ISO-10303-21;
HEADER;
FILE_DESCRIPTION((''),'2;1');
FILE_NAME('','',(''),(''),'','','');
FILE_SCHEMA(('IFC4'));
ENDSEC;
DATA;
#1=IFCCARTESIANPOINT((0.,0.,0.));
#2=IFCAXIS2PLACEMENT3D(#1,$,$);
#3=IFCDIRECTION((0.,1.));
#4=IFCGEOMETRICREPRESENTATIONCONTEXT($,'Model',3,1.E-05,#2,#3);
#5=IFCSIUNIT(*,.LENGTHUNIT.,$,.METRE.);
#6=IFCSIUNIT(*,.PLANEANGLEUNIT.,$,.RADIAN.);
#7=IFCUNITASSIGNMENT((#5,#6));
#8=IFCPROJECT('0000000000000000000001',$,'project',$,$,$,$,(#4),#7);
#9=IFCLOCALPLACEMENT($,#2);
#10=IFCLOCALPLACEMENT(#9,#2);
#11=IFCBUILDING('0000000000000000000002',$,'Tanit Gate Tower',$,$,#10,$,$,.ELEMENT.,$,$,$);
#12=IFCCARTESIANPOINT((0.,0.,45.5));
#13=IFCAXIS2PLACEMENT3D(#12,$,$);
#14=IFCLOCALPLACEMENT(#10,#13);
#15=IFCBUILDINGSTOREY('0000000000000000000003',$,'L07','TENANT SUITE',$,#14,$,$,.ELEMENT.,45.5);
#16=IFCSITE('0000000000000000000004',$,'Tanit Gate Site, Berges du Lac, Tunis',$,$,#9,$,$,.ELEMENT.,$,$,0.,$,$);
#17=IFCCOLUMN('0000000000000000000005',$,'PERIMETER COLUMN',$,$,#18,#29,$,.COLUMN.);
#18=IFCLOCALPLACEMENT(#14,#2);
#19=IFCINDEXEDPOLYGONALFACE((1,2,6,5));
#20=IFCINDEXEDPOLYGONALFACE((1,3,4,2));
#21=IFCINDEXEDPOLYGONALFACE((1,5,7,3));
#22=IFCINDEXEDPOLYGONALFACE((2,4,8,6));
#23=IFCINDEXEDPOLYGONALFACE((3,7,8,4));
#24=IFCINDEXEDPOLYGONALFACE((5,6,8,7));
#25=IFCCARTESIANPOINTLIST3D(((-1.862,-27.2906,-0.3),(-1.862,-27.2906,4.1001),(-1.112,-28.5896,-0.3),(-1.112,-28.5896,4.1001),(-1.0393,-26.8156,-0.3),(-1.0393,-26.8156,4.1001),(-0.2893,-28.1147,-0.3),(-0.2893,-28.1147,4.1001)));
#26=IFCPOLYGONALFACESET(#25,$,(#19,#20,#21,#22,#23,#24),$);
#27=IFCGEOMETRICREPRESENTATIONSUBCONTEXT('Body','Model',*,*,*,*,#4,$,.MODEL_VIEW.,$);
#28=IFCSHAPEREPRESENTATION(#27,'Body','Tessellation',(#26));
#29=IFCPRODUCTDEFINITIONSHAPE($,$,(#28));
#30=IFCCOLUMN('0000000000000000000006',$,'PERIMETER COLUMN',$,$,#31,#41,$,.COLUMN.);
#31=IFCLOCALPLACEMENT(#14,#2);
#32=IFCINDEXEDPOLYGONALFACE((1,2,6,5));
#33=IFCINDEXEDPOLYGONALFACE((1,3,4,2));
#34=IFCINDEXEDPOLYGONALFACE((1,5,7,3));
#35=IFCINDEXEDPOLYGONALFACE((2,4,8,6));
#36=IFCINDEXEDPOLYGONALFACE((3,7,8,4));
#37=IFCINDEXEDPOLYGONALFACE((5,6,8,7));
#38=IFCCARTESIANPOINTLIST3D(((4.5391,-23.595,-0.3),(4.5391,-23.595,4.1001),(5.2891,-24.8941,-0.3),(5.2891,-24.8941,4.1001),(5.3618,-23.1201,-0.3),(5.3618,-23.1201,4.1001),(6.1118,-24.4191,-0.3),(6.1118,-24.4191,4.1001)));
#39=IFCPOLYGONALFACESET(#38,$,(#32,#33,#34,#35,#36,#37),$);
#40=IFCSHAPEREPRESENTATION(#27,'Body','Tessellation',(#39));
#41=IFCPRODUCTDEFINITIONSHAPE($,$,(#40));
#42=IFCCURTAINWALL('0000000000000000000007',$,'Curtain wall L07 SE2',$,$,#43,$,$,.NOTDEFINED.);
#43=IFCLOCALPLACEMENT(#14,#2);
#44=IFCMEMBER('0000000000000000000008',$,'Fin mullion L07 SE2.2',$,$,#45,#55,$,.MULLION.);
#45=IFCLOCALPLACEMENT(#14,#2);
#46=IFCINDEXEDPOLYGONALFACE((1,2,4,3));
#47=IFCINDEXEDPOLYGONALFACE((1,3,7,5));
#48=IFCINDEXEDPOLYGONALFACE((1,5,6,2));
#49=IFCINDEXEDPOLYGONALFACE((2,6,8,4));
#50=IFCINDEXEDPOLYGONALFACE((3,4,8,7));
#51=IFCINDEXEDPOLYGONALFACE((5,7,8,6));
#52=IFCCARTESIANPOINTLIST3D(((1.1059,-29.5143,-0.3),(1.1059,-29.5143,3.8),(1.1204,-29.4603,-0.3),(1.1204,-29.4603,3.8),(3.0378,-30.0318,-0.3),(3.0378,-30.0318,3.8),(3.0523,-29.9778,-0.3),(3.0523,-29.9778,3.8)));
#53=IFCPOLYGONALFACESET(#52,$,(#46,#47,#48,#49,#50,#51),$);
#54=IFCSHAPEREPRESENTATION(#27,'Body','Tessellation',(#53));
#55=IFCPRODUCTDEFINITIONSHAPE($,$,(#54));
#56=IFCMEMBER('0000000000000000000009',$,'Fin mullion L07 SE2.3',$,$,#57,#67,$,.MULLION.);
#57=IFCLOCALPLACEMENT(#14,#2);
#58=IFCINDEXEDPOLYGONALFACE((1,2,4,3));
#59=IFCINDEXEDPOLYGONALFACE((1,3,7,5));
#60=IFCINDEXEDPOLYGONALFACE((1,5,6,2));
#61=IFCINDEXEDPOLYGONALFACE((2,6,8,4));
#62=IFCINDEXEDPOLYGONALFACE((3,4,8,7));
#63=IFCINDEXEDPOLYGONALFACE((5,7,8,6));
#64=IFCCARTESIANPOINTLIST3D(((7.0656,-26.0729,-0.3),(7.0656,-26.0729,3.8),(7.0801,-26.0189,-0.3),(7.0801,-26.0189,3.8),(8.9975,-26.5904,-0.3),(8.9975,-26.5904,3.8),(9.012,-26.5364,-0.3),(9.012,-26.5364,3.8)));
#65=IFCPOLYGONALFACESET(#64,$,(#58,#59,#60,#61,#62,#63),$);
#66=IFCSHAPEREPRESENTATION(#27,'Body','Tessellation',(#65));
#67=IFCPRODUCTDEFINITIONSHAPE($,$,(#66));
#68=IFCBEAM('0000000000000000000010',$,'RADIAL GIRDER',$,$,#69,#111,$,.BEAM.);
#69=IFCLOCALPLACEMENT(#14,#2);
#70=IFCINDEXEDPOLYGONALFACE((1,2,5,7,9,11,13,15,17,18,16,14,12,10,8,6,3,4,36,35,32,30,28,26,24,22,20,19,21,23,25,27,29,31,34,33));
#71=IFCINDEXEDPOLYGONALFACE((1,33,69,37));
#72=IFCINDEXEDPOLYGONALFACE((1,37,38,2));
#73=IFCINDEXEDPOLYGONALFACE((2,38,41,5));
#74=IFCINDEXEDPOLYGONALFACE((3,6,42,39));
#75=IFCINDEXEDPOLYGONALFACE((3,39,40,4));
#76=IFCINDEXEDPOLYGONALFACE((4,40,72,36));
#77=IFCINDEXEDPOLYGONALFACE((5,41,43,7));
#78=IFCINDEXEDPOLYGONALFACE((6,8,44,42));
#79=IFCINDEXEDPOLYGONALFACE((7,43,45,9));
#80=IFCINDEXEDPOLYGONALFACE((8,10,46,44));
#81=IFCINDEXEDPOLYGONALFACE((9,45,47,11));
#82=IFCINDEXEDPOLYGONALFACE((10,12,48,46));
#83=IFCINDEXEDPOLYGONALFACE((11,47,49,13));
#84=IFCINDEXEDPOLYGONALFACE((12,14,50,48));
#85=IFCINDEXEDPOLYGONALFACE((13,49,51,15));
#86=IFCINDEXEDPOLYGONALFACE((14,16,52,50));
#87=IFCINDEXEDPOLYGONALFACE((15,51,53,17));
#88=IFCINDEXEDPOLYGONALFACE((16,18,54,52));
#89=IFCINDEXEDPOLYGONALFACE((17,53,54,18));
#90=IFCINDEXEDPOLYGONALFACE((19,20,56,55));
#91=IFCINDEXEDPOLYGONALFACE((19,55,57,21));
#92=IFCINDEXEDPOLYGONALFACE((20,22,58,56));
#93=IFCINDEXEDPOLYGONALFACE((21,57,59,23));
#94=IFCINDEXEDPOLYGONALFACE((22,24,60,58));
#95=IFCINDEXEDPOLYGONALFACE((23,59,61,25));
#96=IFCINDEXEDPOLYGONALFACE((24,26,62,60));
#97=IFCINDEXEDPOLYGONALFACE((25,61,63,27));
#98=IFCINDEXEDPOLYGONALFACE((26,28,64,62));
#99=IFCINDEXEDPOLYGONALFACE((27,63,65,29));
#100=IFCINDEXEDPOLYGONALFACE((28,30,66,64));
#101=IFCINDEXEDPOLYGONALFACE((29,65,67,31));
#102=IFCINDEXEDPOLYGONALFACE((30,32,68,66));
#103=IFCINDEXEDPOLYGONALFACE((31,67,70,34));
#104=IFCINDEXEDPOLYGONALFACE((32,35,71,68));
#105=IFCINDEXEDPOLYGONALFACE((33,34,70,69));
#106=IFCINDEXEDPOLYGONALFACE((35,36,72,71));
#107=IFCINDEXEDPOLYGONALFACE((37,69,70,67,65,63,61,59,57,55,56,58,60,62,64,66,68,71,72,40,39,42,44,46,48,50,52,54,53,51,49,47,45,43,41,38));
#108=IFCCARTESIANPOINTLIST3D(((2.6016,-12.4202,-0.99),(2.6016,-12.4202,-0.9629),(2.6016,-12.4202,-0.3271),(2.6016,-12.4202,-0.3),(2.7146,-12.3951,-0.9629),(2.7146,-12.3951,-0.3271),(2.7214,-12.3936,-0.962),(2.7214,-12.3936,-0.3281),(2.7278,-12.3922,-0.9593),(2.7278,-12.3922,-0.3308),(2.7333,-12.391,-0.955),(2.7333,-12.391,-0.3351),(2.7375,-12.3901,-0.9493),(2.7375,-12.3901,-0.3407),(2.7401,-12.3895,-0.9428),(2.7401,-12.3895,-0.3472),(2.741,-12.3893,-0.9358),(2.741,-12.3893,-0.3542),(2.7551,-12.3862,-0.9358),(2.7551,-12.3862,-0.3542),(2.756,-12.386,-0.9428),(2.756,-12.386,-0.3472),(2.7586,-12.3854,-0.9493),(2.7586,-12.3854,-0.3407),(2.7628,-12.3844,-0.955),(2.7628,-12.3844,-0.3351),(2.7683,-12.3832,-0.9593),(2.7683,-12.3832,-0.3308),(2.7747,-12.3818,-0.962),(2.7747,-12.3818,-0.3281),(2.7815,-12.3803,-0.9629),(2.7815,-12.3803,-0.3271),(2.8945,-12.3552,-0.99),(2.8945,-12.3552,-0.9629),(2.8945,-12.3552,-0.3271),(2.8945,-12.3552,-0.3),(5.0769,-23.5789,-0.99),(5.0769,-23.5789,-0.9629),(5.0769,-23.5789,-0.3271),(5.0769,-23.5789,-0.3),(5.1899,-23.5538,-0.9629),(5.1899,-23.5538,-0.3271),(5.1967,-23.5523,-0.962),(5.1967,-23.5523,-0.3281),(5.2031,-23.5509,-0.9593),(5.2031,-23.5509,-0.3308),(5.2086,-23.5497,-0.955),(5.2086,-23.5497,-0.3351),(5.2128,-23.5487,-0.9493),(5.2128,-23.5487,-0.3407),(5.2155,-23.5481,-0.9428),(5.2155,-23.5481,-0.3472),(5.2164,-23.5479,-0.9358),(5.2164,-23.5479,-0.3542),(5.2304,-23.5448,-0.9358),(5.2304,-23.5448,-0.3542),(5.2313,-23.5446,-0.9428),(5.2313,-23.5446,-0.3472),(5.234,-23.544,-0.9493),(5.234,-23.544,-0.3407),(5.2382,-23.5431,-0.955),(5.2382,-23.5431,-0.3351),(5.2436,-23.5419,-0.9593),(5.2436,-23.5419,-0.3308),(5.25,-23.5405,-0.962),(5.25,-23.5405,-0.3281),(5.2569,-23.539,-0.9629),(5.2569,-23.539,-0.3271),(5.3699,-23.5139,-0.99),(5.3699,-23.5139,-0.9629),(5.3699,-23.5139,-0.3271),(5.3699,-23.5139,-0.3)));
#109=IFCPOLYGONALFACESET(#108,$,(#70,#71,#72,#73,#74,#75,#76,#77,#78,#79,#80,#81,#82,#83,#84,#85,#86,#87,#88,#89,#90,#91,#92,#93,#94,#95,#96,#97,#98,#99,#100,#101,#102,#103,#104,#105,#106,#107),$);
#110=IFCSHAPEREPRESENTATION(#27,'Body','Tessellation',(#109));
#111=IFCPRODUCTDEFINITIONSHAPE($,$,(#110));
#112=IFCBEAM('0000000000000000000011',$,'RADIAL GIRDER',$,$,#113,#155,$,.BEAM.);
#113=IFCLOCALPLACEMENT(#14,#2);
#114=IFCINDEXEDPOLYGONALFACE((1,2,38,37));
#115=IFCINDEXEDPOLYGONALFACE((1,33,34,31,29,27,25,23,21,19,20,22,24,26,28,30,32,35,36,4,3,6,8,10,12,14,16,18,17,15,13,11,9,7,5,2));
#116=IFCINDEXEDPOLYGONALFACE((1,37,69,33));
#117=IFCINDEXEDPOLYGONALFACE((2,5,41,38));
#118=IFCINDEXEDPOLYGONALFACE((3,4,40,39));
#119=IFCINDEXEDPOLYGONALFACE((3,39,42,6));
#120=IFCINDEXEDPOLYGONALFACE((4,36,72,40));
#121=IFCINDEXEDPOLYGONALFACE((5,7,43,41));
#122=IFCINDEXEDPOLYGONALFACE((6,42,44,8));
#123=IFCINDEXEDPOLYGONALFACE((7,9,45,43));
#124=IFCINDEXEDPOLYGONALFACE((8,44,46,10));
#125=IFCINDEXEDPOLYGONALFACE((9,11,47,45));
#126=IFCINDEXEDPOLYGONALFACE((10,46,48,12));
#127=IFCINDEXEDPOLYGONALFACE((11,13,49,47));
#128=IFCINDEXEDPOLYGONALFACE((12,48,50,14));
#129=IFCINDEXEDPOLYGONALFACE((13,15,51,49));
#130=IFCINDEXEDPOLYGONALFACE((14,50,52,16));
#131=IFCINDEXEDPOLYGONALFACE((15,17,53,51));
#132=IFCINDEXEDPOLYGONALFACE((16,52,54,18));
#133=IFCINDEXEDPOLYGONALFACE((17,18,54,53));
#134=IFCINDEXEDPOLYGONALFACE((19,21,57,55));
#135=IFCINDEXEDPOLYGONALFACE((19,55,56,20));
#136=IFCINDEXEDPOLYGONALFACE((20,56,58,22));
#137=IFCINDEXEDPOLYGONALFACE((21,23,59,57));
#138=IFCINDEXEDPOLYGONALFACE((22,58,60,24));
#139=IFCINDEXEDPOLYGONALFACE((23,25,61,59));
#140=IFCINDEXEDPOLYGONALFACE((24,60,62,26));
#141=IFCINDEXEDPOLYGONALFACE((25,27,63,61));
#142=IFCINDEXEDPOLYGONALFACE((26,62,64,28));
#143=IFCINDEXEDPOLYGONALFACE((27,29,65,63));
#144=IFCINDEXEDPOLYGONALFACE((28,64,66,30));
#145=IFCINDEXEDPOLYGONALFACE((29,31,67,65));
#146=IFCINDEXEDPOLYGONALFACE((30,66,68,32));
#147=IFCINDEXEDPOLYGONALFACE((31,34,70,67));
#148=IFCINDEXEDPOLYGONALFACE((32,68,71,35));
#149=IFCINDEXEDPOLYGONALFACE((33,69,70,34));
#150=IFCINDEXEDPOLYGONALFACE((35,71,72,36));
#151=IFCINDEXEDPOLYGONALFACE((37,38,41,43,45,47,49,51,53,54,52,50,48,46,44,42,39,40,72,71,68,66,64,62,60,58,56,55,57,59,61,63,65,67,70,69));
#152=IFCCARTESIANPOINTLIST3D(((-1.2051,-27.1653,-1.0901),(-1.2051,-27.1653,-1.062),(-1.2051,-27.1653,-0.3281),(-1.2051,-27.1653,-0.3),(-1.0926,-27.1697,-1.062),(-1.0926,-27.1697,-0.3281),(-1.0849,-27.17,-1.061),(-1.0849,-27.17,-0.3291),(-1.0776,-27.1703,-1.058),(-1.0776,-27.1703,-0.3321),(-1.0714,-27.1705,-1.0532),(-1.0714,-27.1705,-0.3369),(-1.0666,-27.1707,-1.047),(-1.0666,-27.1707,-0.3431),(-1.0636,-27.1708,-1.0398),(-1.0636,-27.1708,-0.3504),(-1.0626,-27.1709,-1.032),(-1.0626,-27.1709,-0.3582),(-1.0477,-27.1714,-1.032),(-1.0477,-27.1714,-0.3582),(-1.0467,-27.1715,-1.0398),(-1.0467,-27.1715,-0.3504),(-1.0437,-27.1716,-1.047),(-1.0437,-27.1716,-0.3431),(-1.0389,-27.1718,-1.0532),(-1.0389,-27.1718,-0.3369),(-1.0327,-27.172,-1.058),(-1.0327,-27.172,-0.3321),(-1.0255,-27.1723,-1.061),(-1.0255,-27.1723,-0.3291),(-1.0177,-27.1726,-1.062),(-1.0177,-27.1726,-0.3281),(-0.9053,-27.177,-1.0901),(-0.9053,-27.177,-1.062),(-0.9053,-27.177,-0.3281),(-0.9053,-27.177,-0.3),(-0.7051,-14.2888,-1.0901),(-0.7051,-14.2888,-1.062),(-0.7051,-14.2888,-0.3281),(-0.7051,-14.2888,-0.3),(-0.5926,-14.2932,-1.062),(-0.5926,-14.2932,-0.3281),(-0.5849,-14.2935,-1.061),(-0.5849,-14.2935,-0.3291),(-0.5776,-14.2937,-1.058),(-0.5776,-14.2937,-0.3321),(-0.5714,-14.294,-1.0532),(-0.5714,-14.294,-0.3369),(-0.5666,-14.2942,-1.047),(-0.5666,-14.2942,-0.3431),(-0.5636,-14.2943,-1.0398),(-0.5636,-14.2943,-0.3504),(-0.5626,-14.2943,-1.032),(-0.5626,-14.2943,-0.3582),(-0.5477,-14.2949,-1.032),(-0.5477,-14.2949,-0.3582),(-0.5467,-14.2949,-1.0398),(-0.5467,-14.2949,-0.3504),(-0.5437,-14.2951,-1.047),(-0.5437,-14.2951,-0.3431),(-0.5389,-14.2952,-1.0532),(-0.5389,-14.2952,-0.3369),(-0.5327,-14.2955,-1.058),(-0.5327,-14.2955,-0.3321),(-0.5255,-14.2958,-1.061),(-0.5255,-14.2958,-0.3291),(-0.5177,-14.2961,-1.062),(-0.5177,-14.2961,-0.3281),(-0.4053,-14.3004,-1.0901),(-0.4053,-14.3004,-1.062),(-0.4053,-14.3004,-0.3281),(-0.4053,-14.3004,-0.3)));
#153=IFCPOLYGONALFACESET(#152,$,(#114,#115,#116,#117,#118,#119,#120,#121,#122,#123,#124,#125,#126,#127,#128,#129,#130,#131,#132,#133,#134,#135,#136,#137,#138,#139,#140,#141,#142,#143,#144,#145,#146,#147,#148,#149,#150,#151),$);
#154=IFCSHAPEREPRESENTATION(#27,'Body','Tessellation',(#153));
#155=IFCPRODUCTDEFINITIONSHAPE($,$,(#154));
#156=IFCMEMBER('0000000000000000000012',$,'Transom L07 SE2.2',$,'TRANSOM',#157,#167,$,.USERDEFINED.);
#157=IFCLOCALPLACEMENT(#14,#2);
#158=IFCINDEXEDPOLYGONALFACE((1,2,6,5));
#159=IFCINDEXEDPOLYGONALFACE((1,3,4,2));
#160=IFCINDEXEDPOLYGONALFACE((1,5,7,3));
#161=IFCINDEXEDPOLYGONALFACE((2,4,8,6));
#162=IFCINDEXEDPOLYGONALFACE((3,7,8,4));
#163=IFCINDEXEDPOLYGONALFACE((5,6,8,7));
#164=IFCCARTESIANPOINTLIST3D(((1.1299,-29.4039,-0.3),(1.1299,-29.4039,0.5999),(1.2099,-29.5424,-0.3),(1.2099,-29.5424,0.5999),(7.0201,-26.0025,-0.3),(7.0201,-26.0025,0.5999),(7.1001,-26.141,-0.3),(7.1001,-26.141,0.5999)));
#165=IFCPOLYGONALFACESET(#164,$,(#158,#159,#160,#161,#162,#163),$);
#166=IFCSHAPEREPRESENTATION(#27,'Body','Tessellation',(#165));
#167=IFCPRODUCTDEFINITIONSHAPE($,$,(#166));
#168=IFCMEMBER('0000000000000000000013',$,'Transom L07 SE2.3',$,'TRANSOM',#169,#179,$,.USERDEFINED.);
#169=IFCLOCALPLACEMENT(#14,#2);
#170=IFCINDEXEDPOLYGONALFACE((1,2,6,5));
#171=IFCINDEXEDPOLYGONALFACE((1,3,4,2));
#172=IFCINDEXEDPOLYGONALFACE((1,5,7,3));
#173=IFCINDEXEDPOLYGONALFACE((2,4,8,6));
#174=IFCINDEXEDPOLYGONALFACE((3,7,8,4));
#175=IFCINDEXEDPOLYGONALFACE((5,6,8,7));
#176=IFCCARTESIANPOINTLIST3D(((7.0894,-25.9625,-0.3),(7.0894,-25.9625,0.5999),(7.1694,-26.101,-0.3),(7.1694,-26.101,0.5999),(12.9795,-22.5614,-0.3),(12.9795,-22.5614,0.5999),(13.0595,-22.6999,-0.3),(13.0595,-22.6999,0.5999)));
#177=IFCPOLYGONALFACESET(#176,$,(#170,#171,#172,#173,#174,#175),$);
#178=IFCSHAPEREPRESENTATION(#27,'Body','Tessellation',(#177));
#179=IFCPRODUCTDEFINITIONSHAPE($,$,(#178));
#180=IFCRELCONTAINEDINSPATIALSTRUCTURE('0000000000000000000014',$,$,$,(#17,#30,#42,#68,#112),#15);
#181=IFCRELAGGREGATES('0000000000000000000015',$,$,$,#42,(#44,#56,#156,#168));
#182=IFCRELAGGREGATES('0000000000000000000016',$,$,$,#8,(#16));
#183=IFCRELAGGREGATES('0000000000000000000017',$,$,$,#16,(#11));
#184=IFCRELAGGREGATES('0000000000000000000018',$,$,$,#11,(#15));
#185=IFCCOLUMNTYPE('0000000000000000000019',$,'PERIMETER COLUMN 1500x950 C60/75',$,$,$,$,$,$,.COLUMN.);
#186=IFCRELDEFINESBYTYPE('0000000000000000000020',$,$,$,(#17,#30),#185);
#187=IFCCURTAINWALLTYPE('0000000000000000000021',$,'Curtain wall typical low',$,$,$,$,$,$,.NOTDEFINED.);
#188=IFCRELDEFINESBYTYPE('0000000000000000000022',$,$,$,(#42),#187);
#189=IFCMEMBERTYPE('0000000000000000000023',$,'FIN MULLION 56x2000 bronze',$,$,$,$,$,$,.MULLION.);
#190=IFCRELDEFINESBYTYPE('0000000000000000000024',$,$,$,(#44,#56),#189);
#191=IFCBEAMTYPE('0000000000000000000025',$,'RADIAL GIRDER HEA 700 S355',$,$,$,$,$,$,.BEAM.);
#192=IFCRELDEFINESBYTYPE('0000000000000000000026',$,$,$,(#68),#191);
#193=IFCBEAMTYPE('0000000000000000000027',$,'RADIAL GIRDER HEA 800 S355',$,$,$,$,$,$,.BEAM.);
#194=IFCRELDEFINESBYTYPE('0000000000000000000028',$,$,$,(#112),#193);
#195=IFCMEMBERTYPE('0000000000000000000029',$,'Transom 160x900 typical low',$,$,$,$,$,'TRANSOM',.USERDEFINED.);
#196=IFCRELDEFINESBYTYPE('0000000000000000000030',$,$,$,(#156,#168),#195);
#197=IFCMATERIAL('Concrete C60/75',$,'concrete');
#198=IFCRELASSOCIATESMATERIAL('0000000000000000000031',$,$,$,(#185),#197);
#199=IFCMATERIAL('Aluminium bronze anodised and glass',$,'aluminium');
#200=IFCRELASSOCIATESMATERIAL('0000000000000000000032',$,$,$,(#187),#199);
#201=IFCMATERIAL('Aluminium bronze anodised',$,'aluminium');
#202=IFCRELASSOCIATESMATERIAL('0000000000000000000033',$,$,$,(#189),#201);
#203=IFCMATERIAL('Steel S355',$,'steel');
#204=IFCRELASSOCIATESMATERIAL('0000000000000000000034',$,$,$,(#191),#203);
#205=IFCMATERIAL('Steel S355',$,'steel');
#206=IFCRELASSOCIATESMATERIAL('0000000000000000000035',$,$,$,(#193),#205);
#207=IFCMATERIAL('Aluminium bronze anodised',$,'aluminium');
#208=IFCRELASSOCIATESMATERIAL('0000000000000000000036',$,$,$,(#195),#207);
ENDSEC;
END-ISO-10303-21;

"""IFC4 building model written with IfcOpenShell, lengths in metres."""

from ifc_helpers import new_model, si_unit, direction, frame, origin, origin_2d, place, context, subcontext, project, spatial, rectangle, i_section, extrude, material, material_profile, profile_set, type_object, element, aggregate, save


model = new_model("IFC4")

# Units and contexts
model_context = context("Model", 3, precision=1e-05, world=origin(), true_north=direction((0.0, 1.0)))
body_context = subcontext(model_context, "Body", "Model", "MODEL_VIEW")
ifc_project = project(units=[si_unit("LENGTHUNIT", "METRE"), si_unit("PLANEANGLEUNIT", "RADIAN")], contexts=[model_context])

# Site, building, storey
site_placement = place(None, origin())
site = spatial("IfcSite", under=ifc_project, at=site_placement, Name="Tanit Gate Site, Berges du Lac, Tunis", CompositionType="ELEMENT", RefElevation=0.0)
building_placement = place(site_placement, origin())
building = spatial("IfcBuilding", under=site, at=building_placement, Name="Tanit Gate Tower", CompositionType="ELEMENT")
storey_placement = place(building_placement, frame((0.0, 0.0, 45.5)))
storey = spatial("IfcBuildingStorey", under=building, at=storey_placement, Name="L07", Description="TENANT SUITE", CompositionType="ELEMENT", Elevation=45.5)

# Columns
ifc_material_1 = material(Name="Concrete C60/75", Category="concrete")
ifc_material_profile_1 = material_profile(ifc_material_1, rectangle(XDim=1.5, YDim=0.95, at=origin_2d()), Name="RC 1500x950")
ifc_profile_set_1 = profile_set([ifc_material_profile_1], Name="Concrete C60/75")
column_type = type_object("IfcColumnType", Name="PERIMETER COLUMN 1500x950 C60/75", PredefinedType="COLUMN", material=ifc_profile_set_1)
for number, where, z_axis, x_axis, name in (
    (1, (-1.0757, -27.7026, -0.3), (0.0, 0.0, 1.0), (0.5, -0.866025, 0.0), "PERIMETER COLUMN"),
    (2, (5.3254, -24.0071, -0.3), (0.0, 0.0, 1.0), (0.5, -0.866025, 0.0), "PERIMETER COLUMN"),
):
    element("IfcColumn", number, at=place(storey_placement, frame(where, z_axis=z_axis, x_axis=x_axis)), inside=storey, type_object=column_type, Name=name, PredefinedType="COLUMN", context=body_context, shape_type="SweptSolid", body=[
        extrude(rectangle(XDim=1.5, YDim=0.95, at=origin_2d()), origin(), (0.0, 0.0, 1.0), 4.4001),
    ])

# Curtain wall, members
ifc_material_2 = material(Name="Aluminium bronze anodised and glass", Category="aluminium")
curtain_wall_type = type_object("IfcCurtainWallType", Name="Curtain wall typical low", PredefinedType="NOTDEFINED", material=ifc_material_2)
curtain_wall_placement = place(storey_placement, origin())
curtain_wall = element("IfcCurtainWall", 3, at=curtain_wall_placement, inside=storey, type_object=curtain_wall_type, Name="Curtain wall L07 SE2", PredefinedType="NOTDEFINED")
ifc_material_3 = material(Name="Aluminium bronze anodised", Category="aluminium")
ifc_material_profile_2 = material_profile(ifc_material_3, rectangle(XDim=2.0, YDim=0.0559, at=origin_2d()), Name="56x2000 bronze fin mullion")
ifc_profile_set_2 = profile_set([ifc_material_profile_2], Name="Aluminium bronze anodised")
member_type_1 = type_object("IfcMemberType", Name="FIN MULLION 56x2000 bronze", PredefinedType="MULLION", material=ifc_profile_set_2)
member_1_placement = place(storey_placement, frame((2.0791, -29.7461, -0.3), z_axis=(0.0, 0.0, 1.0), x_axis=(-0.965944, 0.258752, 0.0)))
member_1 = element("IfcMember", 4, at=member_1_placement, type_object=member_type_1, Name="Fin mullion L07 SE2.2", PredefinedType="MULLION", context=body_context, shape_type="SweptSolid", body=[
    extrude(rectangle(XDim=2.0, YDim=0.0559, at=origin_2d()), origin(), (0.0, 0.0, 1.0), 4.1001),
])
member_2_placement = place(storey_placement, frame((8.0388, -26.3047, -0.3), z_axis=(0.0, 0.0, 1.0), x_axis=(-0.965944, 0.258752, 0.0)))
member_2 = element("IfcMember", 5, at=member_2_placement, type_object=member_type_1, Name="Fin mullion L07 SE2.3", PredefinedType="MULLION", context=body_context, shape_type="SweptSolid", body=[
    extrude(rectangle(XDim=2.0, YDim=0.0559, at=origin_2d()), origin(), (0.0, 0.0, 1.0), 4.1001),
])

# Beams
ifc_material_4 = material(Name="Steel S355", Category="steel")
ifc_material_profile_3 = material_profile(ifc_material_4, i_section(OverallWidth=0.3, OverallDepth=0.6899, WebThickness=0.0144, FlangeThickness=0.0271, FilletRadius=0.0271, at=origin_2d()), Name="HEA 700")
ifc_profile_set_3 = profile_set([ifc_material_profile_3], Name="Steel S355")
beam_type_1 = type_object("IfcBeamType", Name="RADIAL GIRDER HEA 700 S355", PredefinedType="BEAM", material=ifc_profile_set_3)
beam_1_placement = place(storey_placement, frame((5.2234, -23.5464, -0.645), z_axis=(-0.216566, 0.976268, 0.0), x_axis=(-0.976268, -0.216566, 0.0)))
element("IfcBeam", 6, at=beam_1_placement, inside=storey, type_object=beam_type_1, Name="RADIAL GIRDER", PredefinedType="BEAM", context=body_context, shape_type="SweptSolid", body=[
    extrude(i_section(OverallWidth=0.3, OverallDepth=0.6899, WebThickness=0.0144, FlangeThickness=0.0271, FilletRadius=0.0271, at=origin_2d()), origin(), (0.0, 0.0, 1.0), 11.4299),
])
ifc_material_5 = material(Name="Steel S355", Category="steel")
ifc_material_profile_4 = material_profile(ifc_material_5, i_section(OverallWidth=0.3, OverallDepth=0.79, WebThickness=0.0149, FlangeThickness=0.0281, FilletRadius=0.03, at=origin_2d()), Name="HEA 800")
ifc_profile_set_4 = profile_set([ifc_material_profile_4], Name="Steel S355")
beam_type_2 = type_object("IfcBeamType", Name="RADIAL GIRDER HEA 800 S355", PredefinedType="BEAM", material=ifc_profile_set_4)
beam_2_placement = place(storey_placement, frame((-1.0552, -27.1711, -0.6951), z_axis=(0.038801, 0.999247, 0.0), x_axis=(-0.999247, 0.038801, 0.0)))
element("IfcBeam", 7, at=beam_2_placement, inside=storey, type_object=beam_type_2, Name="RADIAL GIRDER", PredefinedType="BEAM", context=body_context, shape_type="SweptSolid", body=[
    extrude(i_section(OverallWidth=0.3, OverallDepth=0.79, WebThickness=0.0149, FlangeThickness=0.0281, FilletRadius=0.03, at=origin_2d()), origin(), (0.0, 0.0, 1.0), 12.8862),
])

# Members
ifc_material_6 = material(Name="Aluminium bronze anodised", Category="aluminium")
ifc_material_profile_5 = material_profile(ifc_material_6, rectangle(XDim=0.1599, YDim=0.8999, at=origin_2d()), Name="160x900 bronze transom")
ifc_profile_set_5 = profile_set([ifc_material_profile_5], Name="Aluminium bronze anodised")
member_type_2 = type_object("IfcMemberType", Name="Transom 160x900 typical low", ElementType="TRANSOM", PredefinedType="USERDEFINED", material=ifc_profile_set_5)
member_3_placement = place(storey_placement, frame((1.1699, -29.4731, 0.1499), z_axis=(0.865981, 0.500077, 0.0), x_axis=(-0.500077, 0.865981, 0.0)))
member_3 = element("IfcMember", 8, at=member_3_placement, type_object=member_type_2, Name="Transom L07 SE2.2", ObjectType="TRANSOM", PredefinedType="USERDEFINED", context=body_context, shape_type="SweptSolid", body=[
    extrude(rectangle(XDim=0.1599, YDim=0.8999, at=origin_2d()), origin(), (0.0, 0.0, 1.0), 6.8018),
])
member_4_placement = place(storey_placement, frame((7.1294, -26.0317, 0.1499), z_axis=(0.865997, 0.50005, 0.0), x_axis=(-0.50005, 0.865997, 0.0)))
member_4 = element("IfcMember", 9, at=member_4_placement, type_object=member_type_2, Name="Transom L07 SE2.3", ObjectType="TRANSOM", PredefinedType="USERDEFINED", context=body_context, shape_type="SweptSolid", body=[
    extrude(rectangle(XDim=0.1599, YDim=0.8999, at=origin_2d()), origin(), (0.0, 0.0, 1.0), 6.8015),
])

aggregate(curtain_wall, [member_1, member_2, member_3, member_4])

save(model, "model.ifc")
